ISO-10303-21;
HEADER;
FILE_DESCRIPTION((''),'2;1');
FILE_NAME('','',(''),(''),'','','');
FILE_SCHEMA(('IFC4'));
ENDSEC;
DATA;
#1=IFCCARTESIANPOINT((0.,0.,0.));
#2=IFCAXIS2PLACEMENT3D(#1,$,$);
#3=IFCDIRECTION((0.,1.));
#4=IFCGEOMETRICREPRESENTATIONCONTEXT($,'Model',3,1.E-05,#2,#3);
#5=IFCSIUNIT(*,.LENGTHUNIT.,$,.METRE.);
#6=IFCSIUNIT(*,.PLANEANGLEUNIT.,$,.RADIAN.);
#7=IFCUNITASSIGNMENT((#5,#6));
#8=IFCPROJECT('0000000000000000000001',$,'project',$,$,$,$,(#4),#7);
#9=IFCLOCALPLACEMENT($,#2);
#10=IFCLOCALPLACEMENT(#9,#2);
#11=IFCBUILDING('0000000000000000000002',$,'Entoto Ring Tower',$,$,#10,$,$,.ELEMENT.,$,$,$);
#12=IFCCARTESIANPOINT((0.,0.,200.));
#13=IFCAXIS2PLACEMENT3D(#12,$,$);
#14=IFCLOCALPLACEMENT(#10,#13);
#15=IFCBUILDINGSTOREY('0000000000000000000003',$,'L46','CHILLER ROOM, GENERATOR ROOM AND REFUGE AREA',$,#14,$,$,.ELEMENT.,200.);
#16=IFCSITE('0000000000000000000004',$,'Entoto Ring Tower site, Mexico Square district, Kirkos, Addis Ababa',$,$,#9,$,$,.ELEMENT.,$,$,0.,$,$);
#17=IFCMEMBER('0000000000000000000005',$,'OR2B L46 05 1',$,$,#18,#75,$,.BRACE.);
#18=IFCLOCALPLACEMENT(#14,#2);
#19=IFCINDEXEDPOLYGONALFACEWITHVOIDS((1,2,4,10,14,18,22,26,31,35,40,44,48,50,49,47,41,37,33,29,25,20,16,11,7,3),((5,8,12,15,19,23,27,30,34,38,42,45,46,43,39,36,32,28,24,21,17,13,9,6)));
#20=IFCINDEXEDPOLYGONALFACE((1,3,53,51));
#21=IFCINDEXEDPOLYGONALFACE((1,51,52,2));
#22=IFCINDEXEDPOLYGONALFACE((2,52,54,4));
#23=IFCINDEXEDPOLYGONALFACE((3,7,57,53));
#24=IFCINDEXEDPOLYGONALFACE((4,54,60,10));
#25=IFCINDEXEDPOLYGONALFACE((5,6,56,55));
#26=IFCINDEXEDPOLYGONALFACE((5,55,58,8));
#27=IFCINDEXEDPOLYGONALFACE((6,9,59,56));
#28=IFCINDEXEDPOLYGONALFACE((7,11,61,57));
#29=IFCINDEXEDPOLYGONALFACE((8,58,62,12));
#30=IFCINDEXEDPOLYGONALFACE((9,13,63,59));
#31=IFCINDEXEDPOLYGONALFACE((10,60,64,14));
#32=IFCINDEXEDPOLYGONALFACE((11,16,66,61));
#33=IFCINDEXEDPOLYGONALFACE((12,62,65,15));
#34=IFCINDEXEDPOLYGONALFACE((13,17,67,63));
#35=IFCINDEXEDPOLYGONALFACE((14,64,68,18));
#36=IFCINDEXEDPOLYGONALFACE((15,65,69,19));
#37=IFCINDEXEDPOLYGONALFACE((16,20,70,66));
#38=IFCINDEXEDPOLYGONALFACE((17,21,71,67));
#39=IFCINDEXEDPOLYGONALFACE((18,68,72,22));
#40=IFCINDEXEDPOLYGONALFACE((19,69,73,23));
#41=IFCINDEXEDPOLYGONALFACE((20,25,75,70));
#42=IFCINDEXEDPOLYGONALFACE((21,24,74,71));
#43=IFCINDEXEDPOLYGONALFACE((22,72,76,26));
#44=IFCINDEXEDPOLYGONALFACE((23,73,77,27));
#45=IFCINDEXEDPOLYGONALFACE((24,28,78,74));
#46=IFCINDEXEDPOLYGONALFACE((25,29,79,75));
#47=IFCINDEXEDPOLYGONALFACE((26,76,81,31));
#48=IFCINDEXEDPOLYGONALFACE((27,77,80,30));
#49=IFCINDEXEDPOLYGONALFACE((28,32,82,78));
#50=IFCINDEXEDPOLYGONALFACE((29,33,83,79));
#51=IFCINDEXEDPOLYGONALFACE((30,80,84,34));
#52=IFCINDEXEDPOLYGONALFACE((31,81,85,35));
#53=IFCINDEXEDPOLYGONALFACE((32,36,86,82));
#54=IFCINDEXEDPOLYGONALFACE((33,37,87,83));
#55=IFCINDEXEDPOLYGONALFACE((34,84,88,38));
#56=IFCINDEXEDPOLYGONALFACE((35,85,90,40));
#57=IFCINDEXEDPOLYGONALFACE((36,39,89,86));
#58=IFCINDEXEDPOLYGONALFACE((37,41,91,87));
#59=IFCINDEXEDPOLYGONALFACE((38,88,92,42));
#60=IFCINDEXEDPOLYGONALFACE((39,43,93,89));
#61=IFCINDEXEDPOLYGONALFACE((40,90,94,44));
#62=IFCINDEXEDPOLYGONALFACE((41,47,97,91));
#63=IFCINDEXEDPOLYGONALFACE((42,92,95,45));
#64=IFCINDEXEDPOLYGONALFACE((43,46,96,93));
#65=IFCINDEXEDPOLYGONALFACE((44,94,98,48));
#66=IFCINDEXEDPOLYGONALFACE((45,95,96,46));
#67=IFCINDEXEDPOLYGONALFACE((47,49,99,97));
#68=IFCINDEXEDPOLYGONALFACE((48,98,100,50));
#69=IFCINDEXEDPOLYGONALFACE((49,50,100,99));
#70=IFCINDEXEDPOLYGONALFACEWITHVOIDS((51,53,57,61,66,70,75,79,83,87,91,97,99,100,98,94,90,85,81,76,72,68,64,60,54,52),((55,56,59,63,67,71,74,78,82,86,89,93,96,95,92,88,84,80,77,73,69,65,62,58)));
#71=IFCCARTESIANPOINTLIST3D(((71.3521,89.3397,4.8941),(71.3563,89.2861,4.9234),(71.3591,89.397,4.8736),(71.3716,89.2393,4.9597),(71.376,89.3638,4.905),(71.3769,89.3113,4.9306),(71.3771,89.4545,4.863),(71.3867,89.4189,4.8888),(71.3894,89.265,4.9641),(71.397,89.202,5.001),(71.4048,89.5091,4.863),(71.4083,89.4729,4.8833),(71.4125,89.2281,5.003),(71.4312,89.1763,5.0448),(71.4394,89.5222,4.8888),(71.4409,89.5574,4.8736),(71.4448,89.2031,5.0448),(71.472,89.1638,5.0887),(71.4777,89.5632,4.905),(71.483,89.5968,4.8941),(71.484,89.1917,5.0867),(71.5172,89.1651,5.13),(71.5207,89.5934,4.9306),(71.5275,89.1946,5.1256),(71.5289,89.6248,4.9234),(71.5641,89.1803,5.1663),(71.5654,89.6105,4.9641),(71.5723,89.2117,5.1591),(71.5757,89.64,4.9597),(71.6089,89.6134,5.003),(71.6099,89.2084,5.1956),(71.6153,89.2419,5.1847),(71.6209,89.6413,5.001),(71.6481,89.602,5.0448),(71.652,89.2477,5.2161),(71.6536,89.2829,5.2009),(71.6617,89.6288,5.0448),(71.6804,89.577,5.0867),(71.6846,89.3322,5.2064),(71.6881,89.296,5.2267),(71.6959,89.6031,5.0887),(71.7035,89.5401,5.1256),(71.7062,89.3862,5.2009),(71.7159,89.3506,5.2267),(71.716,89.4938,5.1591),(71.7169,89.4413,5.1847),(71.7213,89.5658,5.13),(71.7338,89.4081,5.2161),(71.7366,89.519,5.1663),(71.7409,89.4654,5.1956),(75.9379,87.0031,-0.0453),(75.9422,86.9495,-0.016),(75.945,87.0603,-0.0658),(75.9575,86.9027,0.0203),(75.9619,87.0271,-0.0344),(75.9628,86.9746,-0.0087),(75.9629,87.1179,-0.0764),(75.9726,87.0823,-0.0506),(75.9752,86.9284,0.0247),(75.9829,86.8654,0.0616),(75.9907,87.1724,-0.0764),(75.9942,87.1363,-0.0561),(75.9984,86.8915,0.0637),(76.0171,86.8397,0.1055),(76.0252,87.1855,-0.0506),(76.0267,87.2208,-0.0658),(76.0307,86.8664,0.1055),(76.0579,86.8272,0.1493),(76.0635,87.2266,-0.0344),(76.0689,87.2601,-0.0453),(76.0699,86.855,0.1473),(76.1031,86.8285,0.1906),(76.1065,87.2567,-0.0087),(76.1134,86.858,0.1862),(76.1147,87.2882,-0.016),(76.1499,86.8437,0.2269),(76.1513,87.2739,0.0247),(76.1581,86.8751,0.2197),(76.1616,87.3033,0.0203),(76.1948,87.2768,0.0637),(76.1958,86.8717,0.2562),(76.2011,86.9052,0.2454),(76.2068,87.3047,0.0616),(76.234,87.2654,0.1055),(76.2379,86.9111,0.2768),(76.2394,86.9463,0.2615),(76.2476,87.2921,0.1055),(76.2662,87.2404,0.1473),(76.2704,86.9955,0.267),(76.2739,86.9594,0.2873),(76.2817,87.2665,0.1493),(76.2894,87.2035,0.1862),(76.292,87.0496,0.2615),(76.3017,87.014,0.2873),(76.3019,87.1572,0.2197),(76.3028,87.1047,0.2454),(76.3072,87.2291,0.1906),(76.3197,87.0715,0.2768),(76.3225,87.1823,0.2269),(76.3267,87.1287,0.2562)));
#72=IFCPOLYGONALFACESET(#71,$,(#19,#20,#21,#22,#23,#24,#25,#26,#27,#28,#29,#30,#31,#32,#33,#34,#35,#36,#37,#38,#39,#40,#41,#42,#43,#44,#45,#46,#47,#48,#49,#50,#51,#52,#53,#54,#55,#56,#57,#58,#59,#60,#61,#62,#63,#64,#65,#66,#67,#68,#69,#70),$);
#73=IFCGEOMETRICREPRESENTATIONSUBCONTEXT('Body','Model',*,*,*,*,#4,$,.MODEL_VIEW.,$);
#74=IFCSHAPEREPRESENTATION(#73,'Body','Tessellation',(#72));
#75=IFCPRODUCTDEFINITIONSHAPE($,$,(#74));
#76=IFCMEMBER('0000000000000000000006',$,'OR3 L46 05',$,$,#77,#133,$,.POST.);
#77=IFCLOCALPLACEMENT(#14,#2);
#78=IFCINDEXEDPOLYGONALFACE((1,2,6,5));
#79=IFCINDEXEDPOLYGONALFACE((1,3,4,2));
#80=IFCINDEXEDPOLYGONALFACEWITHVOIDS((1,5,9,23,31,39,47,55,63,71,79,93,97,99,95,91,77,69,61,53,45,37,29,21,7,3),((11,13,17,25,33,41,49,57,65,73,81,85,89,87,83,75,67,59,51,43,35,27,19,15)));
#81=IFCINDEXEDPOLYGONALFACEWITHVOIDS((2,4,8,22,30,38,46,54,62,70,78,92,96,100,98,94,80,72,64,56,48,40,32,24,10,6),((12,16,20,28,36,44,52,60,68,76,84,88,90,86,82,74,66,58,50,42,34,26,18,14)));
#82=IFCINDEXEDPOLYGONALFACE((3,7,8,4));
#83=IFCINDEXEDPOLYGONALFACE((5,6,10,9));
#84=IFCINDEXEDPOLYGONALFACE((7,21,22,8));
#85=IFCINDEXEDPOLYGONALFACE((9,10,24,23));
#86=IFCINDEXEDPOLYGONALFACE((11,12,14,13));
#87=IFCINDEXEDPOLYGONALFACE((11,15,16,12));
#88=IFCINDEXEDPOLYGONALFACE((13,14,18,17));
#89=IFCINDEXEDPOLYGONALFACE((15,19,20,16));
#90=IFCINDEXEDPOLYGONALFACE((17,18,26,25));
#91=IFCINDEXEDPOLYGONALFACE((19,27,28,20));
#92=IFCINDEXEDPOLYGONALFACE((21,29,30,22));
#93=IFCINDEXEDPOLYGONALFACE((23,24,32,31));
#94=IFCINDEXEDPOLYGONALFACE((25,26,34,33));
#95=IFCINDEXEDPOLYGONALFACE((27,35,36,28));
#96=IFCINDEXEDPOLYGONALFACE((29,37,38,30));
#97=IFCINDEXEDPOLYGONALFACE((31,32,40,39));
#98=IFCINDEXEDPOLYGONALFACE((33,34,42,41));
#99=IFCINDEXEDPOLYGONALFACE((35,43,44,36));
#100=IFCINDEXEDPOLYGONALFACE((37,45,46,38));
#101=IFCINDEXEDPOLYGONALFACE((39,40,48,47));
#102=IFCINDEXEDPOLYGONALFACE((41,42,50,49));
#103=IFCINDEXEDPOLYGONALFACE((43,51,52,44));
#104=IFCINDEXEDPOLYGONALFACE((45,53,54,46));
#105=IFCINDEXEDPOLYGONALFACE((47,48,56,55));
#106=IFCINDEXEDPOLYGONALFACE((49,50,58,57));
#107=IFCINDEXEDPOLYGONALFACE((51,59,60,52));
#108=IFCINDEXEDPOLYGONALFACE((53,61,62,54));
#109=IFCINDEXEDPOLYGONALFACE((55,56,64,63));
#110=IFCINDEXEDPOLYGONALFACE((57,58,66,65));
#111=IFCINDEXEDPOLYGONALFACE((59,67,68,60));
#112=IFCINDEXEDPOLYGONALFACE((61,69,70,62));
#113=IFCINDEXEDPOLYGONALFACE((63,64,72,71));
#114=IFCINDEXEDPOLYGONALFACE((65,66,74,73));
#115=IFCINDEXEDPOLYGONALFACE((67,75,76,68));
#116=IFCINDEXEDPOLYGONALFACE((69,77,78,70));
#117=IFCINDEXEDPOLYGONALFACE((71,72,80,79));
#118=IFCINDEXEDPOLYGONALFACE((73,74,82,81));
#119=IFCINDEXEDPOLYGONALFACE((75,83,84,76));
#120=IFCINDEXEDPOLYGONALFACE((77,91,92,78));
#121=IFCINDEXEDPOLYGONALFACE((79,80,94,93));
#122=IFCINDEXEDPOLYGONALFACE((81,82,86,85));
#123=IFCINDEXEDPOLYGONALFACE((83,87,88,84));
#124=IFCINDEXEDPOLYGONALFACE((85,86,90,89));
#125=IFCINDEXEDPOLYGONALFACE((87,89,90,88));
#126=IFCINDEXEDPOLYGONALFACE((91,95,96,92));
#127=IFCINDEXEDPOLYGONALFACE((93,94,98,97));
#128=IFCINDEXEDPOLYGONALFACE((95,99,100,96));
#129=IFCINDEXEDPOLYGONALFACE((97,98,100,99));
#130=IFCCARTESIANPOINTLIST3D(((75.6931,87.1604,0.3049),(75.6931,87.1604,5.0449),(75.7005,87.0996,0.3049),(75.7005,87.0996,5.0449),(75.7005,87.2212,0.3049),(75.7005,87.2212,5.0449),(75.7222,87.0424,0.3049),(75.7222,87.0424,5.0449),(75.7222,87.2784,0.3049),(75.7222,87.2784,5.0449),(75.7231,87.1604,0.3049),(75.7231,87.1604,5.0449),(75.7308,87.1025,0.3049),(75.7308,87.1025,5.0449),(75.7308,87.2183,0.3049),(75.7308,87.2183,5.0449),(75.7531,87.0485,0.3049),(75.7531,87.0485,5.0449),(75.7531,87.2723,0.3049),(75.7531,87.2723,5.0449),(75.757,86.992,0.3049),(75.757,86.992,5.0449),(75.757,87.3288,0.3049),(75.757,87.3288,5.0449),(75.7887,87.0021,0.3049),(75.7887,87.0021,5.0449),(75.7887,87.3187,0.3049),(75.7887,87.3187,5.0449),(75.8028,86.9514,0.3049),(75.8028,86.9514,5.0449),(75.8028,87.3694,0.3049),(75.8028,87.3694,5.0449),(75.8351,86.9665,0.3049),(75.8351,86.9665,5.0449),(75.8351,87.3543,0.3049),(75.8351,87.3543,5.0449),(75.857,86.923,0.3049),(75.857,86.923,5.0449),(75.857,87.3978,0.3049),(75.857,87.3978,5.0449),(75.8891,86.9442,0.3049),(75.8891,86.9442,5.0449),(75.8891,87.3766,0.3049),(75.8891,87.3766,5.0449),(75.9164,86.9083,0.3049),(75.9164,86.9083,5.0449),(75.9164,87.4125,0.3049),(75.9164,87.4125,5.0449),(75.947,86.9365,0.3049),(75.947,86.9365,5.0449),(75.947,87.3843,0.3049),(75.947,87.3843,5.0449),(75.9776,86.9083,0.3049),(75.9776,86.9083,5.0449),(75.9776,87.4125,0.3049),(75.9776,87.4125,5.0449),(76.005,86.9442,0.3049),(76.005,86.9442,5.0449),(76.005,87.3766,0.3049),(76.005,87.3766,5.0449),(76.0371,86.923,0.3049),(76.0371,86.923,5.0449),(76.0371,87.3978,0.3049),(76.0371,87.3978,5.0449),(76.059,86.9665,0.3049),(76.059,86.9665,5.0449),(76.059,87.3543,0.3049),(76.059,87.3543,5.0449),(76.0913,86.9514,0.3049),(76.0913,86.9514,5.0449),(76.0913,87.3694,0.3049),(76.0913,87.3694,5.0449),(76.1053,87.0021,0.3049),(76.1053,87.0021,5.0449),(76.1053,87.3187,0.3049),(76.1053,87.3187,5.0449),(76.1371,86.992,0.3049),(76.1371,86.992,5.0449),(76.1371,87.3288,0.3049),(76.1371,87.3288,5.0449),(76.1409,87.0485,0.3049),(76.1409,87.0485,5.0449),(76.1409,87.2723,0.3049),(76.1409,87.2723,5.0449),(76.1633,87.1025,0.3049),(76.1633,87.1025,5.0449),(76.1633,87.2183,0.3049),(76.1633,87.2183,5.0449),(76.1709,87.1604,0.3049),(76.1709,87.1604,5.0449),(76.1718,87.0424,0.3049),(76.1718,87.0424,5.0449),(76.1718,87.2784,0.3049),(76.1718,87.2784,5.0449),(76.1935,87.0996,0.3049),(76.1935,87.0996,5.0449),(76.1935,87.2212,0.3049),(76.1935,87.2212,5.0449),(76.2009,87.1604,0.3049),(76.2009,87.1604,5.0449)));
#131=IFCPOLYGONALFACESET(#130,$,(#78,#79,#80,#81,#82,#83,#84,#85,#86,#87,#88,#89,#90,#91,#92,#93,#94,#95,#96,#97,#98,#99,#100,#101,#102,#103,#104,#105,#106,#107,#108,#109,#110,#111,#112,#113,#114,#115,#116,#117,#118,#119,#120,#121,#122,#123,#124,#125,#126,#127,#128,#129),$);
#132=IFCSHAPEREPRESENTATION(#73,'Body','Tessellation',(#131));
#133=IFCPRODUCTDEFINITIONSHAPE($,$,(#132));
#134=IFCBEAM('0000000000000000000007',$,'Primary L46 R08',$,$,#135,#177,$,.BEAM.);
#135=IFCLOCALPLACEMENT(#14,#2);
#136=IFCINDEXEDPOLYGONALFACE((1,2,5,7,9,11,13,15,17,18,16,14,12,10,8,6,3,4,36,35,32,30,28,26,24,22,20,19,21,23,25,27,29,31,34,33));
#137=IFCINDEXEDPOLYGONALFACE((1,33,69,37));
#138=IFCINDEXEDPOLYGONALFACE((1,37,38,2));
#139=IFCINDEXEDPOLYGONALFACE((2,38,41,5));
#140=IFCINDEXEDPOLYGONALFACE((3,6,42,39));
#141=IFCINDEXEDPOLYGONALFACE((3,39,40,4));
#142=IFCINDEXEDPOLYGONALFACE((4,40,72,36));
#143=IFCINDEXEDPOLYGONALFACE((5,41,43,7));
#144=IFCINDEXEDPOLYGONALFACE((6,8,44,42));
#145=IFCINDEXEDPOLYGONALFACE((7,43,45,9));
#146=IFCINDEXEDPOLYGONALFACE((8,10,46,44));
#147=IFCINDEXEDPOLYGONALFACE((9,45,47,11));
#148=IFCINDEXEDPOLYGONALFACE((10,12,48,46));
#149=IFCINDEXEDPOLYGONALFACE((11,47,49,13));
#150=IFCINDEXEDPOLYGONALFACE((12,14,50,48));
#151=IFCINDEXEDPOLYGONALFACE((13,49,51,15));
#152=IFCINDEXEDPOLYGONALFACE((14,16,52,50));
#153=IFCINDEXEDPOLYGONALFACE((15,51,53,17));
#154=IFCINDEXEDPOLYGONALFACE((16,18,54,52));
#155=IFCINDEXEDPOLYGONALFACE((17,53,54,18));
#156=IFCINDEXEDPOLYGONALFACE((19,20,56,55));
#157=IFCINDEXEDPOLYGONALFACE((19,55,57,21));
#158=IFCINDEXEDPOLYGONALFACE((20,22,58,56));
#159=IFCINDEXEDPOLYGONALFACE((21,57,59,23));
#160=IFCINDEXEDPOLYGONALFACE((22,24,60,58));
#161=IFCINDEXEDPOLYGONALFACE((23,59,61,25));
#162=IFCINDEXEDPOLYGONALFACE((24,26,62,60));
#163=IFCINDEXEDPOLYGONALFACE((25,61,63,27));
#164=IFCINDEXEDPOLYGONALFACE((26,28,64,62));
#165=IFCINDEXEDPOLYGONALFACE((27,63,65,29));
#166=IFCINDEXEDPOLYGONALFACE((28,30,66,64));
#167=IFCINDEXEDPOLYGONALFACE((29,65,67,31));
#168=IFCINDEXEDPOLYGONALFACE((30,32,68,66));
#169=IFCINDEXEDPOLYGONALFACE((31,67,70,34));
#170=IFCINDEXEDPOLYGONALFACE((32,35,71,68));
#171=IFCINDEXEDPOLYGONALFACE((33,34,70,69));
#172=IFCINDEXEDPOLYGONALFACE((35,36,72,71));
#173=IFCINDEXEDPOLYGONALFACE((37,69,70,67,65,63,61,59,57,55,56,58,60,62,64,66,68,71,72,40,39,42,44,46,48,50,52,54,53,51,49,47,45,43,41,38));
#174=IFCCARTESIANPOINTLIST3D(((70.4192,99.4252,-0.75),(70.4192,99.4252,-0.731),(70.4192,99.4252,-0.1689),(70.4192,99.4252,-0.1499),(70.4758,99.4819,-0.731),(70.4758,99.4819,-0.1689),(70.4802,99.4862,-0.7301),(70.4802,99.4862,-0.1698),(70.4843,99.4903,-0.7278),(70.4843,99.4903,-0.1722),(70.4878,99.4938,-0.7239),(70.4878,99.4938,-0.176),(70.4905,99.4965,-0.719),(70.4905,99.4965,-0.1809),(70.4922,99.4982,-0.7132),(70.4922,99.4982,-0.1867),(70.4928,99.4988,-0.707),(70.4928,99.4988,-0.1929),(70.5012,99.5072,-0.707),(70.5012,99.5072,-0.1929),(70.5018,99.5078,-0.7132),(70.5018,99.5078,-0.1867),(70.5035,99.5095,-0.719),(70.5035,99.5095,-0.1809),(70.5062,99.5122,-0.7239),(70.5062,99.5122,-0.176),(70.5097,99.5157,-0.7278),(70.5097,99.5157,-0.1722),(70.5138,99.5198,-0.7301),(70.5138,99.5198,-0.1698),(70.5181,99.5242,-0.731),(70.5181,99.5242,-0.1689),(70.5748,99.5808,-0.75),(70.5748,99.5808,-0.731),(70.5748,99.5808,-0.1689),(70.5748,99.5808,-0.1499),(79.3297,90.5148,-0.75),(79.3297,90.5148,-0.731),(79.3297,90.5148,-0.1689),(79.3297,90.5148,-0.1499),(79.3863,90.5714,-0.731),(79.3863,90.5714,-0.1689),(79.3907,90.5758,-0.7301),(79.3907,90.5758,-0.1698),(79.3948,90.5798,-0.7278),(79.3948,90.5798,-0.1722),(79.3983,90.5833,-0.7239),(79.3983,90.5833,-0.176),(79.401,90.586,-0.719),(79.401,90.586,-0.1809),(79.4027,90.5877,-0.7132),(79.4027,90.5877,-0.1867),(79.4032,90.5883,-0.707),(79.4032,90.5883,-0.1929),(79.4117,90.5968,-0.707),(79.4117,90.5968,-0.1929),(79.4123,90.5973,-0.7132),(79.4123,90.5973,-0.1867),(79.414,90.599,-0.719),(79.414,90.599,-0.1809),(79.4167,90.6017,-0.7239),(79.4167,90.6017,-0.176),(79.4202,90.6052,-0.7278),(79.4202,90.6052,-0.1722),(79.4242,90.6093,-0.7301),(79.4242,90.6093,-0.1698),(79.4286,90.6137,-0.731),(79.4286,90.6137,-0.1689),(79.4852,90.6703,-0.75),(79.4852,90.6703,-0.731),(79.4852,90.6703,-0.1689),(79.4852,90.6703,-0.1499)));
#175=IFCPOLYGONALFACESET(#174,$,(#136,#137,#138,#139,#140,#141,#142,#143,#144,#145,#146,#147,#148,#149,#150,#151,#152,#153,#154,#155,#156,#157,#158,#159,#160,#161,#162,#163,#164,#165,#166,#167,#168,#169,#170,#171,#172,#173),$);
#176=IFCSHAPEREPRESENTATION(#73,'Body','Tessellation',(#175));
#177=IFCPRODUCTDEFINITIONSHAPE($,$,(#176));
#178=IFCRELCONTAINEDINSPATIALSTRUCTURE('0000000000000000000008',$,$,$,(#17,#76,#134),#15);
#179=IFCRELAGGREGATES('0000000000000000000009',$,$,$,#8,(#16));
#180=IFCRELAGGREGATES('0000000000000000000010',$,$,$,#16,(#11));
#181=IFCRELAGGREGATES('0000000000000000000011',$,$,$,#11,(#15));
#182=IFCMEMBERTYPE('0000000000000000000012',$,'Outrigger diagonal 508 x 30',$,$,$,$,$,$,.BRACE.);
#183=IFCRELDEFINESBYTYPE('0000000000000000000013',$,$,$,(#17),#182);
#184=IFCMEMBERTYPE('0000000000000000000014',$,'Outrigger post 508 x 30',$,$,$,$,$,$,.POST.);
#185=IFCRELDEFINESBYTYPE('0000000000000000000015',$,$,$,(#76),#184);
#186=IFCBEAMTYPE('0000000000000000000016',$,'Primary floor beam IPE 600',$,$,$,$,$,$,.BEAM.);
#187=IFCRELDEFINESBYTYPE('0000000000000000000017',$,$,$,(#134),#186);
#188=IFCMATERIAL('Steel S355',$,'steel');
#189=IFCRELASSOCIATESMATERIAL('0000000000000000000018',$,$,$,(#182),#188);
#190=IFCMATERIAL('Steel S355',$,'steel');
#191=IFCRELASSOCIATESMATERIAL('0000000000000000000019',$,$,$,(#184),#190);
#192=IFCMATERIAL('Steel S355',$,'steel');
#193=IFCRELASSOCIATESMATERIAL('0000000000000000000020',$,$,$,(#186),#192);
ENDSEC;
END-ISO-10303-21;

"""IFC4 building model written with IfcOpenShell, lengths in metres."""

from ifc_helpers import new_model, si_unit, direction, frame, origin, origin_2d, place, context, subcontext, project, spatial, circle, hollow_circle, i_section, extrude, material, material_profile, profile_set, type_object, element, save


model = new_model("IFC4")

# Units and contexts
model_context = context("Model", 3, precision=1e-05, world=origin(), true_north=direction((0.0, 1.0)))
body_context = subcontext(model_context, "Body", "Model", "MODEL_VIEW")
ifc_project = project(units=[si_unit("LENGTHUNIT", "METRE"), si_unit("PLANEANGLEUNIT", "RADIAN")], contexts=[model_context])

# Site, building, storey
site_placement = place(None, origin())
site = spatial("IfcSite", under=ifc_project, at=site_placement, Name="Entoto Ring Tower site, Mexico Square district, Kirkos, Addis Ababa", CompositionType="ELEMENT", RefElevation=0.0)
building_placement = place(site_placement, origin())
building = spatial("IfcBuilding", under=site, at=building_placement, Name="Entoto Ring Tower", CompositionType="ELEMENT")
storey_placement = place(building_placement, frame((0.0, 0.0, 200.0)))
storey = spatial("IfcBuildingStorey", under=building, at=storey_placement, Name="L46", Description="CHILLER ROOM, GENERATOR ROOM AND REFUGE AREA", CompositionType="ELEMENT", Elevation=200.0)

# Members
ifc_material_1 = material(Name="Steel S355", Category="steel")
ifc_material_profile_1 = material_profile(ifc_material_1, hollow_circle(Radius=0.2539, WallThickness=0.03, at=origin_2d()), Name="CHS 508 x 30")
ifc_material_2 = material(Name="Concrete C60/75", Category="concrete")
ifc_material_profile_2 = material_profile(ifc_material_2, circle(Radius=0.2241, at=origin_2d()), Name="Concrete C60/75 infill")
ifc_profile_set_1 = profile_set([ifc_material_profile_1, ifc_material_profile_2], Name="Steel S355")
member_type_1 = type_object("IfcMemberType", Name="Outrigger diagonal 508 x 30", PredefinedType="BRACE", material=ifc_profile_set_1)
member_1_placement = place(storey_placement, frame((76.1323, 87.0659, 0.1055), z_axis=(-0.642859, 0.327556, 0.692415), x_axis=(-0.453993, -0.891005, 0.0)))
element("IfcMember", 1, at=member_1_placement, inside=storey, type_object=member_type_1, Name="OR2B L46 05 1", PredefinedType="BRACE", context=body_context, shape_type="SweptSolid", body=[
    extrude(hollow_circle(Radius=0.2539, WallThickness=0.03, at=origin_2d()), origin(), (0.0, 0.0, 1.0), 7.1335),
])
ifc_material_3 = material(Name="Steel S355", Category="steel")
ifc_material_profile_3 = material_profile(ifc_material_3, hollow_circle(Radius=0.2539, WallThickness=0.03, at=origin_2d()), Name="CHS 508 x 30")
ifc_material_4 = material(Name="Concrete C60/75", Category="concrete")
ifc_material_profile_4 = material_profile(ifc_material_4, circle(Radius=0.2241, at=origin_2d()), Name="Concrete C60/75 infill")
ifc_profile_set_2 = profile_set([ifc_material_profile_3, ifc_material_profile_4], Name="Steel S355")
member_type_2 = type_object("IfcMemberType", Name="Outrigger post 508 x 30", PredefinedType="POST", material=ifc_profile_set_2)
member_2_placement = place(storey_placement, frame((75.947, 87.1604, 0.3049), z_axis=(0.0, 0.0, 1.0), x_axis=(1.0, 0.0, 0.0)))
element("IfcMember", 2, at=member_2_placement, inside=storey, type_object=member_type_2, Name="OR3 L46 05", PredefinedType="POST", context=body_context, shape_type="SweptSolid", body=[
    extrude(hollow_circle(Radius=0.2539, WallThickness=0.03, at=origin_2d()), origin(), (0.0, 0.0, 1.0), 4.74),
])

# Beam
ifc_material_5 = material(Name="Steel S355", Category="steel")
ifc_material_profile_5 = material_profile(ifc_material_5, i_section(OverallWidth=0.22, OverallDepth=0.6001, WebThickness=0.012, FlangeThickness=0.019, FilletRadius=0.0239, at=origin_2d()), Name="IPE 600")
ifc_profile_set_3 = profile_set([ifc_material_profile_5], Name="Steel S355")
beam_type_1 = type_object("IfcBeamType", Name="Primary floor beam IPE 600", PredefinedType="BEAM", material=ifc_profile_set_3)
beam_1_placement = place(storey_placement, frame((79.4075, 90.5925, -0.45), z_axis=(-0.707107, 0.707107, 0.0), x_axis=(-0.707107, -0.707107, 0.0)))
element("IfcBeam", 3, at=beam_1_placement, inside=storey, type_object=beam_type_1, Name="Primary L46 R08", PredefinedType="BEAM", context=body_context, shape_type="SweptSolid", body=[
    extrude(i_section(OverallWidth=0.22, OverallDepth=0.6001, WebThickness=0.012, FlangeThickness=0.019, FilletRadius=0.0239, at=origin_2d()), origin(), (0.0, 0.0, 1.0), 12.6013),
])

save(model, "model.ifc")
